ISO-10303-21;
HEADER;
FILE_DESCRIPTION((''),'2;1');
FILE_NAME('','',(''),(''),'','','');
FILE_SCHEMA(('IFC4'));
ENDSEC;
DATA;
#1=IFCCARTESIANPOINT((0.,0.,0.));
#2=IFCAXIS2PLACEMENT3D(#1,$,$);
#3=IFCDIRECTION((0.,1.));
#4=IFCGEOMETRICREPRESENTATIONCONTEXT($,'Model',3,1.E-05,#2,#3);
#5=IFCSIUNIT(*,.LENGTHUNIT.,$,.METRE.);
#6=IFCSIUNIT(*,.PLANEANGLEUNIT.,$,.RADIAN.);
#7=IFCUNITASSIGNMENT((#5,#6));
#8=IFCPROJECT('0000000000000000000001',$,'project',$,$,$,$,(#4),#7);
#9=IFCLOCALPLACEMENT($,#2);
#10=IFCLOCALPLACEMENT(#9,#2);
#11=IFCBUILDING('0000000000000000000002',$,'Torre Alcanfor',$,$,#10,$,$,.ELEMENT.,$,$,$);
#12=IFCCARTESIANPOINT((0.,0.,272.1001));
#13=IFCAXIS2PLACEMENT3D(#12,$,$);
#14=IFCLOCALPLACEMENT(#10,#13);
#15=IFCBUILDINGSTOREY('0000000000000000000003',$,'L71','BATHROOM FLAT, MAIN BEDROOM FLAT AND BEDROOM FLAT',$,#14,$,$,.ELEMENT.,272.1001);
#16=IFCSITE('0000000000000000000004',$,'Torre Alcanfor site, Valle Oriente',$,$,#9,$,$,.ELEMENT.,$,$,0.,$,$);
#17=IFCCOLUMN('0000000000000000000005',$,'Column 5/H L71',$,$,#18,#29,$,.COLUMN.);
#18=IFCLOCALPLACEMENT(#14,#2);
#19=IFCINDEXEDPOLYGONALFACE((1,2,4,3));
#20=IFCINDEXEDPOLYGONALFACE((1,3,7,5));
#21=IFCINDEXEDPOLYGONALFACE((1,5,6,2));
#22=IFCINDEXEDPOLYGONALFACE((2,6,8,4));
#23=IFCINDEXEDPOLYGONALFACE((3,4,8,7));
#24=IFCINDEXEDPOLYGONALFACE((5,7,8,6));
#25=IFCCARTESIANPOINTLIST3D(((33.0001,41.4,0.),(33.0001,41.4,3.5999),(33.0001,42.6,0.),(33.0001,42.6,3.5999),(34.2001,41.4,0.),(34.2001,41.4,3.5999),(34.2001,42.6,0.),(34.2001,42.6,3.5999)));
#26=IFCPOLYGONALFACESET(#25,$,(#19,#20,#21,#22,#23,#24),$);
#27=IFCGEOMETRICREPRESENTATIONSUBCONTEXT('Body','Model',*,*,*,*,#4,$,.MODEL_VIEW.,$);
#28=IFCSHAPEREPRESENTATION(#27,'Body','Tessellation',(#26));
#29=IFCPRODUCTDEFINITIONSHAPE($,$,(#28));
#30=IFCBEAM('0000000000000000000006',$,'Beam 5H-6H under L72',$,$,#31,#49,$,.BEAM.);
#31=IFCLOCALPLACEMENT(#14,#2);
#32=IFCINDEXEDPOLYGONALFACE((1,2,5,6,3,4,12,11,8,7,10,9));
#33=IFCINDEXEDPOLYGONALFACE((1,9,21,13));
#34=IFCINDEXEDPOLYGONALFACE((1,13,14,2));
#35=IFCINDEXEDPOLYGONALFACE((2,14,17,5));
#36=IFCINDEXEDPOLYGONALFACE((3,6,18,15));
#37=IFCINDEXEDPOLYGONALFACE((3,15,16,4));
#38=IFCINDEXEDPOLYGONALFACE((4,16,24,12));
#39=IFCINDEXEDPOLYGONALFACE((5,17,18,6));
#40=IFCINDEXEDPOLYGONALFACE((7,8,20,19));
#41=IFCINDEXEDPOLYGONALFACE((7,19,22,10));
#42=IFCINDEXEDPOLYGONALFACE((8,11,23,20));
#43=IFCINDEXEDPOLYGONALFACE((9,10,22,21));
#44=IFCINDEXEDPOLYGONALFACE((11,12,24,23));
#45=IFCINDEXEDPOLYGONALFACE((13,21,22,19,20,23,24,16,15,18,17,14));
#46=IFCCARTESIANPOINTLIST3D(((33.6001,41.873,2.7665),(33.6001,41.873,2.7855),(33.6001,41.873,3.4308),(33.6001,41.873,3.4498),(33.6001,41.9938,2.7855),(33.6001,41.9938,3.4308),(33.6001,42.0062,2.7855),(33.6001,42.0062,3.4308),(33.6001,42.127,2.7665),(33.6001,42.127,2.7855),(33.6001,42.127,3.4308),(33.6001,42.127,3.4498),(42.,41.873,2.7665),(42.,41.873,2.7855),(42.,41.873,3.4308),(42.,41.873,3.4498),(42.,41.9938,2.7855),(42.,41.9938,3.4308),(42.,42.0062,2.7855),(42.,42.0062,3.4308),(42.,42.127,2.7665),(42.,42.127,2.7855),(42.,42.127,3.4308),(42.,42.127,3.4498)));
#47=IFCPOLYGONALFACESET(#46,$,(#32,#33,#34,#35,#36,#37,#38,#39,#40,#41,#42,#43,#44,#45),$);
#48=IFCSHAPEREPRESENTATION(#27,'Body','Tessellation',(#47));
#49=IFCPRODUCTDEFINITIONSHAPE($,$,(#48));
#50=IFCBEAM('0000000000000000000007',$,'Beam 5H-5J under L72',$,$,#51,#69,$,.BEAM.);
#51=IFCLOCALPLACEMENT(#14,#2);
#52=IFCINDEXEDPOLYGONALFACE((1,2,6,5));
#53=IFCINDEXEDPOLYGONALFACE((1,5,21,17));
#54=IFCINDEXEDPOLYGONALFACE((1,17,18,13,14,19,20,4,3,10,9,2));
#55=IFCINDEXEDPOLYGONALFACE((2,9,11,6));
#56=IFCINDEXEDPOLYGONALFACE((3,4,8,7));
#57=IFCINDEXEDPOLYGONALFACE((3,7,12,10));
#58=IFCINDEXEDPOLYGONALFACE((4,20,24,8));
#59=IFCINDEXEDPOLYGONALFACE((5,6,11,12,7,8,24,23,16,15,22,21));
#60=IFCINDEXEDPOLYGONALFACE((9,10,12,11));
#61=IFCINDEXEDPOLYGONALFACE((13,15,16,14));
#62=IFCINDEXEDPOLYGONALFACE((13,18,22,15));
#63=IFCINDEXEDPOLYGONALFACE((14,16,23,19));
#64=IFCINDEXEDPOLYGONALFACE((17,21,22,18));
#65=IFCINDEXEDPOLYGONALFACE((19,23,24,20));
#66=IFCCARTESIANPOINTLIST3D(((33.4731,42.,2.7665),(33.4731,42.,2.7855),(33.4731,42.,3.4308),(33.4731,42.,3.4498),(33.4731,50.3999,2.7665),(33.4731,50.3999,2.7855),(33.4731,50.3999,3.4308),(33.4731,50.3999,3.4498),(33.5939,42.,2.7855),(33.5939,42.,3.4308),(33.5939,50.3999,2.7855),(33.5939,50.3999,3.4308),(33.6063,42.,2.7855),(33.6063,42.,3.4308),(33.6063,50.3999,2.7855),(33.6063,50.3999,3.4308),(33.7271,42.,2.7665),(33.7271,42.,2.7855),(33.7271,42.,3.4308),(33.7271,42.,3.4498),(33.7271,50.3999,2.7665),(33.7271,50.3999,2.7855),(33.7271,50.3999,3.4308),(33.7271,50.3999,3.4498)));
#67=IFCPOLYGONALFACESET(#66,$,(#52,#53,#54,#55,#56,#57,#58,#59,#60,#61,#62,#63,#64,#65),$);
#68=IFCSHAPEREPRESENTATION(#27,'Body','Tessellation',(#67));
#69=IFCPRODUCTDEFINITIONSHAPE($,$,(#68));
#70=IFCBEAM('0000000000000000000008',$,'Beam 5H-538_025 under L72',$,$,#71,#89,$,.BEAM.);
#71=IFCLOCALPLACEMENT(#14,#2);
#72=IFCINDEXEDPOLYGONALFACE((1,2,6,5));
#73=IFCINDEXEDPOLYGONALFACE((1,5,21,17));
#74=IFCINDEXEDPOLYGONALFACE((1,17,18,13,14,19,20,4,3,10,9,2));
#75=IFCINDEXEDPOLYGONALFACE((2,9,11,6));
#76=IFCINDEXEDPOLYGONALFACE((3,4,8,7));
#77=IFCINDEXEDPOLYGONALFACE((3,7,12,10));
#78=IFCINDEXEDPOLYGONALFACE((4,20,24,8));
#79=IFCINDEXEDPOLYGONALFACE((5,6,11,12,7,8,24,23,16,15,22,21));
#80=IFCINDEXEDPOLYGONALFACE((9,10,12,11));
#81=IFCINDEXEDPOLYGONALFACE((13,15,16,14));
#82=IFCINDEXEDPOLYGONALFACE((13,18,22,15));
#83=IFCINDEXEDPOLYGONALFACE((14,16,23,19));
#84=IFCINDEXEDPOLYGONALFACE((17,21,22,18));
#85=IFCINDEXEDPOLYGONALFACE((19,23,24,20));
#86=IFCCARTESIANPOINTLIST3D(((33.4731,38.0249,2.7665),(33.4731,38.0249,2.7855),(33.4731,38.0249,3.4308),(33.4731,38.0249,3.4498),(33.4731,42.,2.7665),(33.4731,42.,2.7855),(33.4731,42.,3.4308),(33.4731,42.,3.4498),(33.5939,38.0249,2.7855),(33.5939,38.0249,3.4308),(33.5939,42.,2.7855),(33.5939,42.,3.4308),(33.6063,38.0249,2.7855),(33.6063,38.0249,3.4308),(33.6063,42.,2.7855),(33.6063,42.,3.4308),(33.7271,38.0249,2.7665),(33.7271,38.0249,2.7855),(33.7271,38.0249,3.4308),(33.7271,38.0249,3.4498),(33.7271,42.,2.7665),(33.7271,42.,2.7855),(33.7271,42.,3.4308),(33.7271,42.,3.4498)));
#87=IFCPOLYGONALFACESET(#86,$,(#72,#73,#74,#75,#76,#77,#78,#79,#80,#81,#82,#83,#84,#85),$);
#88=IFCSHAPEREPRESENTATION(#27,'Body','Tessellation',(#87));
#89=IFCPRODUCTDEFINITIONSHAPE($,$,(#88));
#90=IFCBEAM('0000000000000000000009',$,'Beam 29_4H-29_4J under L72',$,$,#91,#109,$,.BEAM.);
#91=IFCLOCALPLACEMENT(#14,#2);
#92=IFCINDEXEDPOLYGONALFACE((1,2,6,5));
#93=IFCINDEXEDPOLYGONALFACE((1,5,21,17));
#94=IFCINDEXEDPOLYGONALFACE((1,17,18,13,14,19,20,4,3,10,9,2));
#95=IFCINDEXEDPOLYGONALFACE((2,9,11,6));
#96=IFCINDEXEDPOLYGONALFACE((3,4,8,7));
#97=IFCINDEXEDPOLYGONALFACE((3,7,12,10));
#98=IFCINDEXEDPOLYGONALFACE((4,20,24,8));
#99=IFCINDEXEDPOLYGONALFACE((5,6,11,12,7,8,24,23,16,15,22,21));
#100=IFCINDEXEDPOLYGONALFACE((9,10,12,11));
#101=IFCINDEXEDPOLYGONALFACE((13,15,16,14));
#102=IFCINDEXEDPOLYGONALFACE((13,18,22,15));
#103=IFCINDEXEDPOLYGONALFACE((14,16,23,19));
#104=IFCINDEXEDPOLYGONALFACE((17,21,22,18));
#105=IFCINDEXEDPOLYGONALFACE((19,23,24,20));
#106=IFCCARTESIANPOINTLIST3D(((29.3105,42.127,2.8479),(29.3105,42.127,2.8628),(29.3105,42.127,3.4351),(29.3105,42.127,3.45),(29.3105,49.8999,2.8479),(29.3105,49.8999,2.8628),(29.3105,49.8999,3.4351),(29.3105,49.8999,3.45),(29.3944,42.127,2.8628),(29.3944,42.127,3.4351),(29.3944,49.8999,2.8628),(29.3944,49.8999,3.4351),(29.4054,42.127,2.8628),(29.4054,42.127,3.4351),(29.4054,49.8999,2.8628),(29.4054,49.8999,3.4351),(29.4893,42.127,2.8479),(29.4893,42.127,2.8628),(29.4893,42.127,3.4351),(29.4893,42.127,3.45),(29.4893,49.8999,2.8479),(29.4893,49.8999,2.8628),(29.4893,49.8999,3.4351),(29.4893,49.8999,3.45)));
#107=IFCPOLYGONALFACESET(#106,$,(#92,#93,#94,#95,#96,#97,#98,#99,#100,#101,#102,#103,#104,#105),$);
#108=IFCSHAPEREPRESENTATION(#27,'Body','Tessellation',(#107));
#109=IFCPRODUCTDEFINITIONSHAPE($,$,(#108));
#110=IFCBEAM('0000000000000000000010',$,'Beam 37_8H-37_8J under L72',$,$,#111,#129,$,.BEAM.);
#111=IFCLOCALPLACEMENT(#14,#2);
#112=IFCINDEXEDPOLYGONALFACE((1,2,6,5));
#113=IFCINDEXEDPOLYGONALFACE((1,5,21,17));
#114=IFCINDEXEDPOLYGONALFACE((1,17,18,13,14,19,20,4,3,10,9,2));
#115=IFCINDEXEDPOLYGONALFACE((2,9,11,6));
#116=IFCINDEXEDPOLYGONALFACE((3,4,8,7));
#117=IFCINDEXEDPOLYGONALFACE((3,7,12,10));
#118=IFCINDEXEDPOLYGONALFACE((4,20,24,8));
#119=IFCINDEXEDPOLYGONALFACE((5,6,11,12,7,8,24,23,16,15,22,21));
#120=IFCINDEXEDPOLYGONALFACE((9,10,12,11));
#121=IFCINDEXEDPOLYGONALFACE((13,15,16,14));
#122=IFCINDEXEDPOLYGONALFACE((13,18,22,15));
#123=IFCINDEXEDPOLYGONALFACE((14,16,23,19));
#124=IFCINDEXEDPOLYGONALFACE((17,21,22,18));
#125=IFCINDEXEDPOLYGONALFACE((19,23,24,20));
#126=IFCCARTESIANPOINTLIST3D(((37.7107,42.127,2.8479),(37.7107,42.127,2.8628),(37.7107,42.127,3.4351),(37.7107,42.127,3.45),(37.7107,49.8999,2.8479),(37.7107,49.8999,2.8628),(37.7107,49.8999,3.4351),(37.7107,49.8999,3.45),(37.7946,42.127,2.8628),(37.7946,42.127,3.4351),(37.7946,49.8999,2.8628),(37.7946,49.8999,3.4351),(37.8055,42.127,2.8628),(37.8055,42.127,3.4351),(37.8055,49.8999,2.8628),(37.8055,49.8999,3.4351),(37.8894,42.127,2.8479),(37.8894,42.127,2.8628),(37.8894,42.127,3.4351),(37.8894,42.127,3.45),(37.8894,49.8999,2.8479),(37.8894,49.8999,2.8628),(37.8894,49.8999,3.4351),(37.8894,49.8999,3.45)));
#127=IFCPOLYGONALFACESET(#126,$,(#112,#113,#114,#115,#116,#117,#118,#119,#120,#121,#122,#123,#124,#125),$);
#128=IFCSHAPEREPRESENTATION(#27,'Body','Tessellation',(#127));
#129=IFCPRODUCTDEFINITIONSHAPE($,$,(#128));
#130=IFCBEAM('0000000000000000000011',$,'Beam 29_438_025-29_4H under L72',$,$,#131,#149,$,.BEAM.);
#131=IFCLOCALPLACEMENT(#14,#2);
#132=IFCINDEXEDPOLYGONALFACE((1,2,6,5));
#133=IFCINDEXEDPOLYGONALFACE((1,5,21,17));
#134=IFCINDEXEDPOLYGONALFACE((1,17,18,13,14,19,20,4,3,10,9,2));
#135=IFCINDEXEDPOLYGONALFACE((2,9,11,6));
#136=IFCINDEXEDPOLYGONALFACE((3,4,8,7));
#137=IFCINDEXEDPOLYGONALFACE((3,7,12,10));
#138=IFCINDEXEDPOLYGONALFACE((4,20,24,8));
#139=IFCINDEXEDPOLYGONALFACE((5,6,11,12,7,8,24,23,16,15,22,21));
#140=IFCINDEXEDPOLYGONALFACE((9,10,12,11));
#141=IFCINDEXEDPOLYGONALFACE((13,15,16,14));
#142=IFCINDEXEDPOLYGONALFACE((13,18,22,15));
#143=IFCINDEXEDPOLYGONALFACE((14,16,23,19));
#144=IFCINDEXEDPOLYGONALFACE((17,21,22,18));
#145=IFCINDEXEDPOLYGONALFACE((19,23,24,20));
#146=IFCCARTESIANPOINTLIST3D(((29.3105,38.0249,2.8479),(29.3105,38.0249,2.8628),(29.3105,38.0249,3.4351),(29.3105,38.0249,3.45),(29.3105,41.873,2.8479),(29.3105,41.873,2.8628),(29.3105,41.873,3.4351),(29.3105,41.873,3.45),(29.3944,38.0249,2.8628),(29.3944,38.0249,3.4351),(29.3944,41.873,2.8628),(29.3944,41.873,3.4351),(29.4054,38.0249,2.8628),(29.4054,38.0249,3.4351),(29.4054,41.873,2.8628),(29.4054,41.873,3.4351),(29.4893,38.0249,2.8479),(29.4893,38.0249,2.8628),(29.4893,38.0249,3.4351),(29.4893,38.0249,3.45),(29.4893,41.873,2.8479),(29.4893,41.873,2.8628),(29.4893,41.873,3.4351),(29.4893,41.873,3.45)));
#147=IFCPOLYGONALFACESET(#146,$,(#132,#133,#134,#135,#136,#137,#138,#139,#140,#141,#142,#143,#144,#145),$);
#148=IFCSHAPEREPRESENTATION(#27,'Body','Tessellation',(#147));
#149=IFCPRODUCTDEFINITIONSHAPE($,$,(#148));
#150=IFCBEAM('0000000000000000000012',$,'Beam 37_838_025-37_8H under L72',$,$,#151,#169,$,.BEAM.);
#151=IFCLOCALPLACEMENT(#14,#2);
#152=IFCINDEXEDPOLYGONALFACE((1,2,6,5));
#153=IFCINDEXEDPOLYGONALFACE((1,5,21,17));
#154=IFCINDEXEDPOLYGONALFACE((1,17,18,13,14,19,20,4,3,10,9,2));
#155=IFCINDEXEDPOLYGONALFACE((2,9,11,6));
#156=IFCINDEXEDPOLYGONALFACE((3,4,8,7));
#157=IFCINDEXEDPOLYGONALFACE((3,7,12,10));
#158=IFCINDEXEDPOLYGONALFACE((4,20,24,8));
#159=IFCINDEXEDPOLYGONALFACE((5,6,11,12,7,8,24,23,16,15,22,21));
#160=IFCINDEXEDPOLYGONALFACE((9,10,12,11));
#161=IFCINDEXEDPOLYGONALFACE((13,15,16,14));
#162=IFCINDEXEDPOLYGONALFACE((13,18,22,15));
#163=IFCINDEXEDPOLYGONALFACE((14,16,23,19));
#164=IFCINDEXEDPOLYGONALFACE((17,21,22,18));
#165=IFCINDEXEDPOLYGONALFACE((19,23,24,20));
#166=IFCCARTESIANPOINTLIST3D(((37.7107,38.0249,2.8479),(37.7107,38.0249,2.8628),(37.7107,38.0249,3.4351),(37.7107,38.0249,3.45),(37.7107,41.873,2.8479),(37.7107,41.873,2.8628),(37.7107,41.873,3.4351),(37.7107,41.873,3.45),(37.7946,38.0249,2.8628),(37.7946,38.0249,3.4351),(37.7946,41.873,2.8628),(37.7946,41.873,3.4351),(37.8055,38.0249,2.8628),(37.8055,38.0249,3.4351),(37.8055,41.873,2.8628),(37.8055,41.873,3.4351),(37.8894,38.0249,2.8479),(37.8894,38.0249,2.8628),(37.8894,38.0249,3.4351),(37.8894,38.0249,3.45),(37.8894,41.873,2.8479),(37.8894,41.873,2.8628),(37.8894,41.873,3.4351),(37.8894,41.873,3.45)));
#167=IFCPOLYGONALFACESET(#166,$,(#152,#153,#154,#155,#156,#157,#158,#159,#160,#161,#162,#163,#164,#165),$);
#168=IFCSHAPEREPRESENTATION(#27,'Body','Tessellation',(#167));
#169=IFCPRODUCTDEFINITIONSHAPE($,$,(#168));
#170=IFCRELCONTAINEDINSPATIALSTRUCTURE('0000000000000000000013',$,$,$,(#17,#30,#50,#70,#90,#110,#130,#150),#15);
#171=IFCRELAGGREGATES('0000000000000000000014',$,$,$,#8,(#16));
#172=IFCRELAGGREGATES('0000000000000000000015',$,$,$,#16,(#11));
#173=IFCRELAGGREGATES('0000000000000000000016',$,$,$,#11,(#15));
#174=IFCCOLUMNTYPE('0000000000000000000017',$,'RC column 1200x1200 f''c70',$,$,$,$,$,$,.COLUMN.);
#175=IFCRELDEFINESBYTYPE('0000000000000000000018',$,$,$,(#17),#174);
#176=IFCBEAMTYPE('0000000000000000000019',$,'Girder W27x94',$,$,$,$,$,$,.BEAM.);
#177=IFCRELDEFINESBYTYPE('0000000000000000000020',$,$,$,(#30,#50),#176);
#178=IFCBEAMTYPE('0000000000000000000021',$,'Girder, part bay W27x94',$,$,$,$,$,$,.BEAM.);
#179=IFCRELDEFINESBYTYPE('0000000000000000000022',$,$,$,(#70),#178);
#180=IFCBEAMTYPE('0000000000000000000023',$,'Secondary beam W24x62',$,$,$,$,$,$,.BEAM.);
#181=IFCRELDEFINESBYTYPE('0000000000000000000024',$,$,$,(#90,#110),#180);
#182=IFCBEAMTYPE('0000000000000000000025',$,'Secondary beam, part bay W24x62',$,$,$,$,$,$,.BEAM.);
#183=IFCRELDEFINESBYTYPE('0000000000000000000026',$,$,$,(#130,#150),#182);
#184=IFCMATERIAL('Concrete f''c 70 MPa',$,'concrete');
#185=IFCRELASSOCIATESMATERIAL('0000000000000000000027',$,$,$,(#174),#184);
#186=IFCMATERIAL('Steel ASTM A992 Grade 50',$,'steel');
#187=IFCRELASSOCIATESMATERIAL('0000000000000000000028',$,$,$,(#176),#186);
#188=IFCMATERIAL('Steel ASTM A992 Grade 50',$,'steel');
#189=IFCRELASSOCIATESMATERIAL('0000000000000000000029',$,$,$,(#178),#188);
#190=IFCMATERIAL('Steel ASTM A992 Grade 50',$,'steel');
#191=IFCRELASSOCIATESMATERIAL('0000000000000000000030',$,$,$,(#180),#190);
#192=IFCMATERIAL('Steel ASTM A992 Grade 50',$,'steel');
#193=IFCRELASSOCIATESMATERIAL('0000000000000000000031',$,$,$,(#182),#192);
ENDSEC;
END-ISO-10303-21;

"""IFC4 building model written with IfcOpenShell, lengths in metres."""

from ifc_helpers import new_model, si_unit, direction, frame, origin, origin_2d, place, context, subcontext, project, spatial, rectangle, i_section, extrude, material, material_profile, profile_set, type_object, element, save


model = new_model("IFC4")

# Units and contexts
model_context = context("Model", 3, precision=1e-05, world=origin(), true_north=direction((0.0, 1.0)))
body_context = subcontext(model_context, "Body", "Model", "MODEL_VIEW")
ifc_project = project(units=[si_unit("LENGTHUNIT", "METRE"), si_unit("PLANEANGLEUNIT", "RADIAN")], contexts=[model_context])

# Site, building, storey
site_placement = place(None, origin())
site = spatial("IfcSite", under=ifc_project, at=site_placement, Name="Torre Alcanfor site, Valle Oriente", CompositionType="ELEMENT", RefElevation=0.0)
building_placement = place(site_placement, origin())
building = spatial("IfcBuilding", under=site, at=building_placement, Name="Torre Alcanfor", CompositionType="ELEMENT")
storey_placement = place(building_placement, frame((0.0, 0.0, 272.1001)))
storey = spatial("IfcBuildingStorey", under=building, at=storey_placement, Name="L71", Description="BATHROOM FLAT, MAIN BEDROOM FLAT AND BEDROOM FLAT", CompositionType="ELEMENT", Elevation=272.1001)

# Column
ifc_material_1 = material(Name="Concrete f'c 70 MPa", Category="concrete")
ifc_material_profile_1 = material_profile(ifc_material_1, rectangle(XDim=1.2, YDim=1.2, at=origin_2d()), Name="1200x1200")
ifc_profile_set_1 = profile_set([ifc_material_profile_1], Name="Concrete f'c 70 MPa")
column_type = type_object("IfcColumnType", Name="RC column 1200x1200 f'c70", PredefinedType="COLUMN", material=ifc_profile_set_1)
column_placement = place(storey_placement, frame((33.6001, 42.0, 0.0), z_axis=(0.0, 0.0, 1.0), x_axis=(1.0, 0.0, 0.0)))
element("IfcColumn", 1, at=column_placement, inside=storey, type_object=column_type, Name="Column 5/H L71", PredefinedType="COLUMN", context=body_context, shape_type="SweptSolid", body=[
    extrude(rectangle(XDim=1.2, YDim=1.2, at=origin_2d()), origin(), (0.0, 0.0, 1.0), 3.5999),
])

# Beams
ifc_material_2 = material(Name="Steel ASTM A992 Grade 50", Category="steel")
ifc_material_profile_2 = material_profile(ifc_material_2, i_section(OverallWidth=0.2539, OverallDepth=0.6833, WebThickness=0.0125, FlangeThickness=0.019, at=origin_2d()), Name="W27x94")
ifc_profile_set_2 = profile_set([ifc_material_profile_2], Name="Steel ASTM A992 Grade 50")
beam_type_1 = type_object("IfcBeamType", Name="Girder W27x94", PredefinedType="BEAM", material=ifc_profile_set_2)
for number, where, z_axis, x_axis, name in (
    (2, (33.6001, 42.0, 3.1082), (1.0, 0.0, 0.0), (0.0, 1.0, 0.0), "Beam 5H-6H under L72"),
    (3, (33.6001, 42.0, 3.1082), (0.0, 1.0, 0.0), (-1.0, 0.0, 0.0), "Beam 5H-5J under L72"),
):
    element("IfcBeam", number, at=place(storey_placement, frame(where, z_axis=z_axis, x_axis=x_axis)), inside=storey, type_object=beam_type_1, Name=name, PredefinedType="BEAM", context=body_context, shape_type="SweptSolid", body=[
        extrude(i_section(OverallWidth=0.2539, OverallDepth=0.6833, WebThickness=0.0125, FlangeThickness=0.019, at=origin_2d()), origin(), (0.0, 0.0, 1.0), 8.3999),
    ])
ifc_material_3 = material(Name="Steel ASTM A992 Grade 50", Category="steel")
ifc_material_profile_3 = material_profile(ifc_material_3, i_section(OverallWidth=0.2539, OverallDepth=0.6833, WebThickness=0.0125, FlangeThickness=0.019, at=origin_2d()), Name="W27x94")
ifc_profile_set_3 = profile_set([ifc_material_profile_3], Name="Steel ASTM A992 Grade 50")
beam_type_2 = type_object("IfcBeamType", Name="Girder, part bay W27x94", PredefinedType="BEAM", material=ifc_profile_set_3)
beam_1_placement = place(storey_placement, frame((33.6001, 42.0, 3.1082), z_axis=(0.0, -1.0, 0.0), x_axis=(1.0, 0.0, 0.0)))
element("IfcBeam", 4, at=beam_1_placement, inside=storey, type_object=beam_type_2, Name="Beam 5H-538_025 under L72", PredefinedType="BEAM", context=body_context, shape_type="SweptSolid", body=[
    extrude(i_section(OverallWidth=0.2539, OverallDepth=0.6833, WebThickness=0.0125, FlangeThickness=0.019, at=origin_2d()), origin(), (0.0, 0.0, 1.0), 3.9751),
])
ifc_material_4 = material(Name="Steel ASTM A992 Grade 50", Category="steel")
ifc_material_profile_4 = material_profile(ifc_material_4, i_section(OverallWidth=0.1787, OverallDepth=0.6021, WebThickness=0.011, FlangeThickness=0.0149, at=origin_2d()), Name="W24x62")
ifc_profile_set_4 = profile_set([ifc_material_profile_4], Name="Steel ASTM A992 Grade 50")
beam_type_3 = type_object("IfcBeamType", Name="Secondary beam W24x62", PredefinedType="BEAM", material=ifc_profile_set_4)
for number, where, z_axis, x_axis, name in (
    (5, (29.3999, 42.127, 3.1489), (0.0, 1.0, 0.0), (-1.0, 0.0, 0.0), "Beam 29_4H-29_4J under L72"),
    (6, (37.8, 42.127, 3.1489), (0.0, 1.0, 0.0), (-1.0, 0.0, 0.0), "Beam 37_8H-37_8J under L72"),
):
    element("IfcBeam", number, at=place(storey_placement, frame(where, z_axis=z_axis, x_axis=x_axis)), inside=storey, type_object=beam_type_3, Name=name, PredefinedType="BEAM", context=body_context, shape_type="SweptSolid", body=[
        extrude(i_section(OverallWidth=0.1787, OverallDepth=0.6021, WebThickness=0.011, FlangeThickness=0.0149, at=origin_2d()), origin(), (0.0, 0.0, 1.0), 7.7729),
    ])
ifc_material_5 = material(Name="Steel ASTM A992 Grade 50", Category="steel")
ifc_material_profile_5 = material_profile(ifc_material_5, i_section(OverallWidth=0.1787, OverallDepth=0.6021, WebThickness=0.011, FlangeThickness=0.0149, at=origin_2d()), Name="W24x62")
ifc_profile_set_5 = profile_set([ifc_material_profile_5], Name="Steel ASTM A992 Grade 50")
beam_type_4 = type_object("IfcBeamType", Name="Secondary beam, part bay W24x62", PredefinedType="BEAM", material=ifc_profile_set_5)
for number, where, z_axis, x_axis, name in (
    (7, (29.3999, 38.0249, 3.1489), (0.0, 1.0, 0.0), (-1.0, 0.0, 0.0), "Beam 29_438_025-29_4H under L72"),
    (8, (37.8, 38.0249, 3.1489), (0.0, 1.0, 0.0), (-1.0, 0.0, 0.0), "Beam 37_838_025-37_8H under L72"),
):
    element("IfcBeam", number, at=place(storey_placement, frame(where, z_axis=z_axis, x_axis=x_axis)), inside=storey, type_object=beam_type_4, Name=name, PredefinedType="BEAM", context=body_context, shape_type="SweptSolid", body=[
        extrude(i_section(OverallWidth=0.1787, OverallDepth=0.6021, WebThickness=0.011, FlangeThickness=0.0149, at=origin_2d()), origin(), (0.0, 0.0, 1.0), 3.8481),
    ])

save(model, "model.ifc")
